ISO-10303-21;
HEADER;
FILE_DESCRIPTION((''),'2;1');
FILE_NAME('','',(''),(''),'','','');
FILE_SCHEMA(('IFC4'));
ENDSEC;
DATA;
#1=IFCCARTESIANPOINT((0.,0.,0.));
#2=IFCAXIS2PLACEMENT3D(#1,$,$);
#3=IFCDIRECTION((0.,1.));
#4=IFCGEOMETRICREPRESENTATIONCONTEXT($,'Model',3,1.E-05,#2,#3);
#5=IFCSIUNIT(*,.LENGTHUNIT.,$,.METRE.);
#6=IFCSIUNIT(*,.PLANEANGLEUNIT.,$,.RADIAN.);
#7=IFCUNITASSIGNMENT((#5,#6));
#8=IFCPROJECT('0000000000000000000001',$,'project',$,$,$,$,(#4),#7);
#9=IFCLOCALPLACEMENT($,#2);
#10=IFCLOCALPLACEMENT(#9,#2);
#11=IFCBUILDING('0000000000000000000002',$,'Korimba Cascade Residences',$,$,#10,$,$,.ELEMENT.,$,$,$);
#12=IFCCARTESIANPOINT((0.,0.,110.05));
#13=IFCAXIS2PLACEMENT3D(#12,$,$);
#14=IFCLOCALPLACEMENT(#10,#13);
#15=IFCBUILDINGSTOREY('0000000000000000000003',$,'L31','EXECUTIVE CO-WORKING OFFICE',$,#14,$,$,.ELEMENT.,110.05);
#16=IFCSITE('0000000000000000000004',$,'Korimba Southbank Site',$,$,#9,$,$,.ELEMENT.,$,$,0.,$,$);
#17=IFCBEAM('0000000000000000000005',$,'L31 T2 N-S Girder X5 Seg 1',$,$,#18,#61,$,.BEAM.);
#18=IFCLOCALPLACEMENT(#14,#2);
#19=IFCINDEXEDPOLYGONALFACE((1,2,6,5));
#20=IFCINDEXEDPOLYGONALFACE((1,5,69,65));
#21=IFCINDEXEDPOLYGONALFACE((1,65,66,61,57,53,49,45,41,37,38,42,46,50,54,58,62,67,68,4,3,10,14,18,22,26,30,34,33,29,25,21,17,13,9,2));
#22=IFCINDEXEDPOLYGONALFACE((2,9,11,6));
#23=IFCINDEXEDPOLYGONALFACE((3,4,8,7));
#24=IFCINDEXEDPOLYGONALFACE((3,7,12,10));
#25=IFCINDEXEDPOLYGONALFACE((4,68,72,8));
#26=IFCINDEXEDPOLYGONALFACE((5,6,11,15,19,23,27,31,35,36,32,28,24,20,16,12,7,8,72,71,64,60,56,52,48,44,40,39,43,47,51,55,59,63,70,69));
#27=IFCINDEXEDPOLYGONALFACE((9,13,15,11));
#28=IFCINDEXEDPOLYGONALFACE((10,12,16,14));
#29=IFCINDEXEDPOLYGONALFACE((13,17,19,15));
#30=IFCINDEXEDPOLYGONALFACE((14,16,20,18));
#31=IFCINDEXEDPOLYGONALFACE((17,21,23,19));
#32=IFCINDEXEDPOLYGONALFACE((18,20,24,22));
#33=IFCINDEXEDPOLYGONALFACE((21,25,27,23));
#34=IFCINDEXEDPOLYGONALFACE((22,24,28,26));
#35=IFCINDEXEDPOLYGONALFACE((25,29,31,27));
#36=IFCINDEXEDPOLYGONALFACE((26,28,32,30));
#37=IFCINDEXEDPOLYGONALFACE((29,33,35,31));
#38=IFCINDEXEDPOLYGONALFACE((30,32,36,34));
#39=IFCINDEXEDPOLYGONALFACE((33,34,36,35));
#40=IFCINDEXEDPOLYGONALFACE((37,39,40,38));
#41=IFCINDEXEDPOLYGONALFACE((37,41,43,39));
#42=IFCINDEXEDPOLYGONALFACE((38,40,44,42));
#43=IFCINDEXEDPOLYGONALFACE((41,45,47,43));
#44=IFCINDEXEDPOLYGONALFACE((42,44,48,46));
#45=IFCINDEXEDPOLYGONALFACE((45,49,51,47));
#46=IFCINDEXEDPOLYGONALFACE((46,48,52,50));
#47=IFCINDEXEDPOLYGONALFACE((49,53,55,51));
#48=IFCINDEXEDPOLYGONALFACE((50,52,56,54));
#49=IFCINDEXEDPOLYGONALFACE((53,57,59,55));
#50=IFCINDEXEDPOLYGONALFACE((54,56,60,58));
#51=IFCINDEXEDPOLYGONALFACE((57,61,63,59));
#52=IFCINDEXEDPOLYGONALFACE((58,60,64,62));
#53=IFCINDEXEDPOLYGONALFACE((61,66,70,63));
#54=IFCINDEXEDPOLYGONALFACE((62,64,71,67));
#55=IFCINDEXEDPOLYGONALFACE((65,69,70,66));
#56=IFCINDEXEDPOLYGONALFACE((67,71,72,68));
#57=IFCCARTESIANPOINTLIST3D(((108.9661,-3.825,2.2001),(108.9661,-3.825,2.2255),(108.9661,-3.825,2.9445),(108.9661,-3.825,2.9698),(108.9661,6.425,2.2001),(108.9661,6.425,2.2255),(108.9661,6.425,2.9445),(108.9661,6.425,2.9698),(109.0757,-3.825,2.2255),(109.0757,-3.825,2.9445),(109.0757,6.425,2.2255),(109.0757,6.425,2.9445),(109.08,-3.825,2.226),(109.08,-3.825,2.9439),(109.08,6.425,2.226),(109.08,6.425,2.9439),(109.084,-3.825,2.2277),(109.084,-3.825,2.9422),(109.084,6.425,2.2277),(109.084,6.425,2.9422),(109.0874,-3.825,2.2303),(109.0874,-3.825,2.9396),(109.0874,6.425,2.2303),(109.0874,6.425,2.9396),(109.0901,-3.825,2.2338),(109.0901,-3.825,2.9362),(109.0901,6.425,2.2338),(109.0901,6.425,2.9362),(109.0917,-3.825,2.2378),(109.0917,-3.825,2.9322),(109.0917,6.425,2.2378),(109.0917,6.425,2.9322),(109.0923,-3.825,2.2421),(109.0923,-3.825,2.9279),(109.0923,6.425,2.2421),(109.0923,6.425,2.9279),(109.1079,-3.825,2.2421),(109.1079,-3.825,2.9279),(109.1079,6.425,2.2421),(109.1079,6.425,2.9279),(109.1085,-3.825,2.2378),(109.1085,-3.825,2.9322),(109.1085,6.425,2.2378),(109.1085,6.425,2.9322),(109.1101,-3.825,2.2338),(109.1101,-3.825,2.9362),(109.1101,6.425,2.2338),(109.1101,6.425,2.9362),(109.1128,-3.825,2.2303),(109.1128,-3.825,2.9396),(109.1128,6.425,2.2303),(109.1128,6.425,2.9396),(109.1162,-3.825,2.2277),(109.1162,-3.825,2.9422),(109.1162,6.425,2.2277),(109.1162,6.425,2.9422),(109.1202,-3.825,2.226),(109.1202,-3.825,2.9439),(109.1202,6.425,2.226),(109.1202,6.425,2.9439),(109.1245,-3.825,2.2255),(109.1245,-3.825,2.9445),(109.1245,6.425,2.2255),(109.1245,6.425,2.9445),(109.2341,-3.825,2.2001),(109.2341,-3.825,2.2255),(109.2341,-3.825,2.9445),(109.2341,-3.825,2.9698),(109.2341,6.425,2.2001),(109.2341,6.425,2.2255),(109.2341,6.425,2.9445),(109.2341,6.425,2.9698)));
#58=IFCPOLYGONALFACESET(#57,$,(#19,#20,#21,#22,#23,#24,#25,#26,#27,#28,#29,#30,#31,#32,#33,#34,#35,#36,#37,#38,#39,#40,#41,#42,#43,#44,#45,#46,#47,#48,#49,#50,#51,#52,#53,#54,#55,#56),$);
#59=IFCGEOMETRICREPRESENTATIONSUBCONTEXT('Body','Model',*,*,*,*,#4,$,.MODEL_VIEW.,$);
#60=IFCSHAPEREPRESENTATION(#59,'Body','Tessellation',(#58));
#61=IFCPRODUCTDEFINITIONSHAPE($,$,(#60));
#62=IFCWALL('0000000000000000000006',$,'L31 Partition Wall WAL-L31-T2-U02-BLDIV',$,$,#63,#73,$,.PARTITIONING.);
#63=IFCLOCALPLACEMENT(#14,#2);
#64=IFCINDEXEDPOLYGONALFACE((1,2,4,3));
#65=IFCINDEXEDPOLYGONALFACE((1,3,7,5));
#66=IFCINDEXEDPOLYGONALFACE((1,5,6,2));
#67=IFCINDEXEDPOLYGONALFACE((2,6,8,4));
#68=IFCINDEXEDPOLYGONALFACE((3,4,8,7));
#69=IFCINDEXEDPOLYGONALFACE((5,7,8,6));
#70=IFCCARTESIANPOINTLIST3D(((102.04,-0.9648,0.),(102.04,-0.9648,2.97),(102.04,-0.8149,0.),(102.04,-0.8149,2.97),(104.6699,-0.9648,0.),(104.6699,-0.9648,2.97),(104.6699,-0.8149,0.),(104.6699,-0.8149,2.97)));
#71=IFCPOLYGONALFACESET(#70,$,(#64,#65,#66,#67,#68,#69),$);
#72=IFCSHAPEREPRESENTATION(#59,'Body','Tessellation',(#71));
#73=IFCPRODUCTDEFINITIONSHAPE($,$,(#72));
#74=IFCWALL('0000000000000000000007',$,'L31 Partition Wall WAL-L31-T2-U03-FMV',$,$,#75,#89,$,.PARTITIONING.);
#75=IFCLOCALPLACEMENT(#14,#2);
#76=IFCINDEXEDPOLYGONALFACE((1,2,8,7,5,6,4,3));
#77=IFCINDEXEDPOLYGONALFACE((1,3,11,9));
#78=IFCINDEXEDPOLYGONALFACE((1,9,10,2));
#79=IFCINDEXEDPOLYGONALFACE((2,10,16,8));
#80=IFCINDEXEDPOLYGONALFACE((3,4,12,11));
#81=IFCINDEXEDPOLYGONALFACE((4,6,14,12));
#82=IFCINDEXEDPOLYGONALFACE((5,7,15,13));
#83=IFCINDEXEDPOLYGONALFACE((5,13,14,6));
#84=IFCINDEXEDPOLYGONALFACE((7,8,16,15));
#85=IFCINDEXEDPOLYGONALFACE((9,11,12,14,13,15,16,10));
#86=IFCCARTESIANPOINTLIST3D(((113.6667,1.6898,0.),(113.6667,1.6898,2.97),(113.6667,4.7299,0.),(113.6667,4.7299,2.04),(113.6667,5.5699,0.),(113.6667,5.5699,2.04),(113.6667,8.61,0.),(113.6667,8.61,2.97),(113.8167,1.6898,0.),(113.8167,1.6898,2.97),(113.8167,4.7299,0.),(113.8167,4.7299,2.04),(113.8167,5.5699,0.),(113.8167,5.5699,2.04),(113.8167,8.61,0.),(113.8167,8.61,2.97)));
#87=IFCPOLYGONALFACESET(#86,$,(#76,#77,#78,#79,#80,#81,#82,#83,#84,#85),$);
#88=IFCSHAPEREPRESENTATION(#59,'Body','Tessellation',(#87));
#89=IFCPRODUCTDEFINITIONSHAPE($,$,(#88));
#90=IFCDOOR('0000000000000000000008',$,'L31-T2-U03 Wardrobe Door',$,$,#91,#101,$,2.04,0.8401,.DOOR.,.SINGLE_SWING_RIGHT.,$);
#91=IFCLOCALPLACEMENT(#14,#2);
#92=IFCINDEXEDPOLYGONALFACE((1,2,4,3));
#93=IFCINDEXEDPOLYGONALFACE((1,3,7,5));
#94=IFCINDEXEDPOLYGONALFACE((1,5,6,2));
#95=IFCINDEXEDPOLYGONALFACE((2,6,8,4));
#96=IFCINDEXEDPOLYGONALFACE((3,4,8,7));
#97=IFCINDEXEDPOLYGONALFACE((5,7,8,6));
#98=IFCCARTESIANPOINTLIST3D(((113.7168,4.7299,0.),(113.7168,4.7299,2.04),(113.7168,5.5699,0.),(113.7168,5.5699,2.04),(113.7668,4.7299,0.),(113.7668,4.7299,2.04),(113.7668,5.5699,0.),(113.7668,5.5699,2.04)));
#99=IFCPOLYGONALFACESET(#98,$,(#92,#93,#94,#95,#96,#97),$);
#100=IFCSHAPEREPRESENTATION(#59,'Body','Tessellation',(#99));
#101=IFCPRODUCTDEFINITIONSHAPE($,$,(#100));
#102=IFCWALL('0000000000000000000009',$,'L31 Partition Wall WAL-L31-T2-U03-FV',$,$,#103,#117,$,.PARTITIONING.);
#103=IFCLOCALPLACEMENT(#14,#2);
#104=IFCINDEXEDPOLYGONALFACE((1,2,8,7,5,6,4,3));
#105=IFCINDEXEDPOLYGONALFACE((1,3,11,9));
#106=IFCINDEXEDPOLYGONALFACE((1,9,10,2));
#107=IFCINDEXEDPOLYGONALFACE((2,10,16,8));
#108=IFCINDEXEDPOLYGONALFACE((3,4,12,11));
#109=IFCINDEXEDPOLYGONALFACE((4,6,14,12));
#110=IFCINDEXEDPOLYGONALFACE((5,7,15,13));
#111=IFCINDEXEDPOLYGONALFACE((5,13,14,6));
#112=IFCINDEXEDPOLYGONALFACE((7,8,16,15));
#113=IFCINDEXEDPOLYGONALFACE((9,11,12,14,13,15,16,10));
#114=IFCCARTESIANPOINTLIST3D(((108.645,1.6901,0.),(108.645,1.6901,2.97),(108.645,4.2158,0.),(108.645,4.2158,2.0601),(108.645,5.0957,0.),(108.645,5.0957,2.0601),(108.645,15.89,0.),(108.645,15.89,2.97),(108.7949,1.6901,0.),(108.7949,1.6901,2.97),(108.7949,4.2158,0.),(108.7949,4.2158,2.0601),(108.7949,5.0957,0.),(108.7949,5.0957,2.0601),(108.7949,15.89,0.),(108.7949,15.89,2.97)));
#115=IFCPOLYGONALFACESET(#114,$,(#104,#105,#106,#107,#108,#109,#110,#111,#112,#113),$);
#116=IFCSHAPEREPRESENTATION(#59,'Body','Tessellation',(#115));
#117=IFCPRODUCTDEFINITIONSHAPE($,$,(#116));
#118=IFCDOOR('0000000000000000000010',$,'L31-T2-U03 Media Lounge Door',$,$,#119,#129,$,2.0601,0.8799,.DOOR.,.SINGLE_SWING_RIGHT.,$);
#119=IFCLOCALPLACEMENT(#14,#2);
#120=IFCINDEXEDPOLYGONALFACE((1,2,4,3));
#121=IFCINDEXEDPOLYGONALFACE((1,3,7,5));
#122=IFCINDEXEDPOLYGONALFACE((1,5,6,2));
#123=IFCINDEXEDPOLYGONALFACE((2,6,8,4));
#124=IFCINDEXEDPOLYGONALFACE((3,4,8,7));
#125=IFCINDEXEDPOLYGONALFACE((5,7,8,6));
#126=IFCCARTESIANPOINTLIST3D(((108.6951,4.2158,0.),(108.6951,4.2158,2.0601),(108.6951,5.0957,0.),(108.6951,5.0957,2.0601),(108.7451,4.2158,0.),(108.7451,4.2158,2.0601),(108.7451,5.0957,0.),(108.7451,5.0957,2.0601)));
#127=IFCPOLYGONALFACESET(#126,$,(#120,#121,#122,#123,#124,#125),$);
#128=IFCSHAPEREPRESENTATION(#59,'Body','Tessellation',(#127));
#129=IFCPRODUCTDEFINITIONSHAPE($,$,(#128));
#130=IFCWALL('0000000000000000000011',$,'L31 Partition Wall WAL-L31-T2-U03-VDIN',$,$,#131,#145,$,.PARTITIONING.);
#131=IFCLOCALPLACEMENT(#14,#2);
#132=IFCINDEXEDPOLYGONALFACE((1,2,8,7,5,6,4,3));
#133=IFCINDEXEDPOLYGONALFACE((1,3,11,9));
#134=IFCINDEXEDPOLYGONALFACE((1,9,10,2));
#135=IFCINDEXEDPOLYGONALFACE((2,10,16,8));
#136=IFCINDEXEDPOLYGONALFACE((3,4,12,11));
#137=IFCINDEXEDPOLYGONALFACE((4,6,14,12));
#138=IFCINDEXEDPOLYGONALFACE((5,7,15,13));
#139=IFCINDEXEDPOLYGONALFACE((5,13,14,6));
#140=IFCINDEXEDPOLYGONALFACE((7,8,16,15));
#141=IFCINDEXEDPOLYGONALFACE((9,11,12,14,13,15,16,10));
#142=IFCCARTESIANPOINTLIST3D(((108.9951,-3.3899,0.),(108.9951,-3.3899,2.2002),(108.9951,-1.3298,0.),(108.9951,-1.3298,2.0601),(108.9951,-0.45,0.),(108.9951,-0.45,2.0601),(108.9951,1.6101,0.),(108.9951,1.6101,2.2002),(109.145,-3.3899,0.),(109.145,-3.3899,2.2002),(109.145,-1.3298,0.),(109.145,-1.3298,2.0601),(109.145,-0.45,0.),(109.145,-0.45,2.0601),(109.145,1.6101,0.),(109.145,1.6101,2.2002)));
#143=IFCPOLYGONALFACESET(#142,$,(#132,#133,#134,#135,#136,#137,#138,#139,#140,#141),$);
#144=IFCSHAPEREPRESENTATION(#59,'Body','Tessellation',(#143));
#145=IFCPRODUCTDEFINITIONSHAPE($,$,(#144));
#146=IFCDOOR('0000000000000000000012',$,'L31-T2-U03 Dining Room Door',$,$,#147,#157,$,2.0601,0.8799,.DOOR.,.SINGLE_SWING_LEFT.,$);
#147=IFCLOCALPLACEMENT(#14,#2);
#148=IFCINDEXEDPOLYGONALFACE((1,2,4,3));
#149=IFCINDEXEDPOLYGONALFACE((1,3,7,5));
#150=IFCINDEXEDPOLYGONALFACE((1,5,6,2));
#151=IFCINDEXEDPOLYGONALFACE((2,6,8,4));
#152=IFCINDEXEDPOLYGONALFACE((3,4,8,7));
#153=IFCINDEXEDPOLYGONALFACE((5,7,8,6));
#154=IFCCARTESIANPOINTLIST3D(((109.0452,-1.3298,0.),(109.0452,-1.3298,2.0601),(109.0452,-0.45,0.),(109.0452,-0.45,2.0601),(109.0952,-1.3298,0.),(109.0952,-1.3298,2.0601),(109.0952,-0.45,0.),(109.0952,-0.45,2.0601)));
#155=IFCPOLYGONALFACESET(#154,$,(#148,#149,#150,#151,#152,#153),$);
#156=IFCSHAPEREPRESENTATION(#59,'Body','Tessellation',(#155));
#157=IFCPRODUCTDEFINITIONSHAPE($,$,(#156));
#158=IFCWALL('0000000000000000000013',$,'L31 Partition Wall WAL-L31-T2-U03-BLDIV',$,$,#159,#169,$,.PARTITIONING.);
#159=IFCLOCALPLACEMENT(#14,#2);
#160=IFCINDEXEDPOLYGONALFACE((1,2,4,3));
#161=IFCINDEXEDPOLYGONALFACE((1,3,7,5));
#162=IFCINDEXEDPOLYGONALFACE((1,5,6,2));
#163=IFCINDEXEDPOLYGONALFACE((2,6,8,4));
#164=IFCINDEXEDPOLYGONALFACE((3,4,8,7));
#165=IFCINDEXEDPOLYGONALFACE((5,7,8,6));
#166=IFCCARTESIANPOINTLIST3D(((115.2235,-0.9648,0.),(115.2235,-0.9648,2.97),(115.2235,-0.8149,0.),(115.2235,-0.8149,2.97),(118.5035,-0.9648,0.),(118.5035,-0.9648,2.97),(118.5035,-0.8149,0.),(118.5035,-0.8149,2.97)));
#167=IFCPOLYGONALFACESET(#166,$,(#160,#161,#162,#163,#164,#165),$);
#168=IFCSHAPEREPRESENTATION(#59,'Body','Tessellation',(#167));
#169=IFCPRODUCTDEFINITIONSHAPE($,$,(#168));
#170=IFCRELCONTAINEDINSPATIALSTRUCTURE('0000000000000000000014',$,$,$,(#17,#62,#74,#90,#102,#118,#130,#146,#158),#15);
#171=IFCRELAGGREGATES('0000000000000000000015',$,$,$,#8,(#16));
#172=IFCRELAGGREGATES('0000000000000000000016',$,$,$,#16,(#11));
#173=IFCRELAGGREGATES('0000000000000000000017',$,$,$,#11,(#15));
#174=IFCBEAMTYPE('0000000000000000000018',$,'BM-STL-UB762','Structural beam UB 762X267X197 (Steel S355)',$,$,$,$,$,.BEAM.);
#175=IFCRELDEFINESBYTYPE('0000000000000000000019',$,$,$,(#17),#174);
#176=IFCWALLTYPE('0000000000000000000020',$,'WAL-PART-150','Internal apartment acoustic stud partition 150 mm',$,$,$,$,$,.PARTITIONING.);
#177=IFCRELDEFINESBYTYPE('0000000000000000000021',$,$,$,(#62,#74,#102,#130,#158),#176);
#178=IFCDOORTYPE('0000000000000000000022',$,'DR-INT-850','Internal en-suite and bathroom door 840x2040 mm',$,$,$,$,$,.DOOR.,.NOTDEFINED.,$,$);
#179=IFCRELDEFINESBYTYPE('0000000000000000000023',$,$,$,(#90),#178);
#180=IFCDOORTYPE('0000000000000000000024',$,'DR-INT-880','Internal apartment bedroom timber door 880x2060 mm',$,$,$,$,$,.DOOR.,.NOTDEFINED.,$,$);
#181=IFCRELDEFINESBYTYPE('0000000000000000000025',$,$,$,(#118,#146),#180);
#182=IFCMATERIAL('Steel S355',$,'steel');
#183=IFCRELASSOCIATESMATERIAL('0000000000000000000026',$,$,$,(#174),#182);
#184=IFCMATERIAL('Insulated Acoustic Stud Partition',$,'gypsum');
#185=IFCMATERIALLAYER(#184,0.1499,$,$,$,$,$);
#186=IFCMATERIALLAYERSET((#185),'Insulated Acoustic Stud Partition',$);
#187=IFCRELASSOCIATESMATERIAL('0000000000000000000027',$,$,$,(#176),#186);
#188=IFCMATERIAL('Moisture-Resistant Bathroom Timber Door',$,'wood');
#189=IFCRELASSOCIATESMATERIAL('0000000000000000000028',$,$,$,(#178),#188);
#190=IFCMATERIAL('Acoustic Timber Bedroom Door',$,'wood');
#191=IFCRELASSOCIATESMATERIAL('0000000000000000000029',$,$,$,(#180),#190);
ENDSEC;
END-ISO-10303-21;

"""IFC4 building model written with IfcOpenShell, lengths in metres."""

from ifc_helpers import new_model, si_unit, direction, frame, frame_2d, origin, origin_2d, place, context, subcontext, project, spatial, rectangle, i_section, extrude, material, layer, layer_set, material_profile, profile_set, type_object, element, fill, save


model = new_model("IFC4")

# Units and contexts
model_context = context("Model", 3, precision=1e-05, world=origin(), true_north=direction((0.0, 1.0)))
body_context = subcontext(model_context, "Body", "Model", "MODEL_VIEW")
ifc_project = project(units=[si_unit("LENGTHUNIT", "METRE"), si_unit("PLANEANGLEUNIT", "RADIAN")], contexts=[model_context])

# Site, building, storey
site_placement = place(None, origin())
site = spatial("IfcSite", under=ifc_project, at=site_placement, Name="Korimba Southbank Site", CompositionType="ELEMENT", RefElevation=0.0)
building_placement = place(site_placement, origin())
building = spatial("IfcBuilding", under=site, at=building_placement, Name="Korimba Cascade Residences", CompositionType="ELEMENT")
storey_placement = place(building_placement, frame((0.0, 0.0, 110.05)))
storey = spatial("IfcBuildingStorey", under=building, at=storey_placement, Name="L31", Description="EXECUTIVE CO-WORKING OFFICE", CompositionType="ELEMENT", Elevation=110.05)

# Beam
ifc_material_1 = material(Name="Steel S355", Category="steel")
ifc_material_profile_1 = material_profile(ifc_material_1, i_section(OverallWidth=0.2681, OverallDepth=0.7698, WebThickness=0.0156, FlangeThickness=0.0254, FilletRadius=0.0166, at=origin_2d()), Name="Steel S355")
ifc_profile_set_1 = profile_set([ifc_material_profile_1], Name="Steel S355")
beam_type_1 = type_object("IfcBeamType", Name="BM-STL-UB762", Description="Structural beam UB 762X267X197 (Steel S355)", PredefinedType="BEAM", material=ifc_profile_set_1)
beam_1_placement = place(storey_placement, frame((109.1001, -3.825, 2.585), z_axis=(0.0, 1.0, 0.0), x_axis=(-1.0, 0.0, 0.0)))
element("IfcBeam", 1, at=beam_1_placement, inside=storey, type_object=beam_type_1, Name="L31 T2 N-S Girder X5 Seg 1", PredefinedType="BEAM", context=body_context, shape_type="SweptSolid", body=[
    extrude(i_section(OverallWidth=0.2681, OverallDepth=0.7698, WebThickness=0.0156, FlangeThickness=0.0254, FilletRadius=0.0166, at=origin_2d()), origin(), (0.0, 0.0, 1.0), 10.25),
])

# Wall
ifc_material_2 = material(Name="Insulated Acoustic Stud Partition", Category="gypsum")
ifc_layer = layer(ifc_material_2, 0.1499)
ifc_layer_set = layer_set([ifc_layer], Name="Insulated Acoustic Stud Partition")
wall_type = type_object("IfcWallType", Name="WAL-PART-150", Description="Internal apartment acoustic stud partition 150 mm", PredefinedType="PARTITIONING", material=ifc_layer_set)
wall_1_placement = place(storey_placement, frame((102.04, -0.8899, 0.0), z_axis=(0.0, 0.0, 1.0), x_axis=(1.0, 0.0, 0.0)))
element("IfcWall", 2, at=wall_1_placement, inside=storey, type_object=wall_type, Name="L31 Partition Wall WAL-L31-T2-U02-BLDIV", PredefinedType="PARTITIONING", context=body_context, shape_type="SweptSolid", body=[
    extrude(rectangle(XDim=2.6299, YDim=0.1499, at=frame_2d((1.3149, 0.0))), origin(), (0.0, 0.0, 1.0), 2.97),
])

# Walls, openings, doors
wall_2_placement = place(storey_placement, frame((113.7417, 1.6899, 0.0), z_axis=(0.0, 0.0, 1.0), x_axis=(0.0, 1.0, 0.0)))
wall_2 = element("IfcWall", 3, at=wall_2_placement, inside=storey, type_object=wall_type, Name="L31 Partition Wall WAL-L31-T2-U03-FMV", PredefinedType="PARTITIONING", context=body_context, shape_type="SweptSolid", body=[
    extrude(rectangle(XDim=6.9202, YDim=0.1499, at=frame_2d((3.46, 0.0))), origin(), (0.0, 0.0, 1.0), 2.97),
])
opening_1_placement = place(wall_2_placement, frame((3.04, 0.0, 0.0)))
opening_1 = element("IfcOpeningElement", 4, at=opening_1_placement, cuts=wall_2, PredefinedType="OPENING", context=body_context, shape_type="SweptSolid", body=[
    extrude(rectangle(XDim=0.8401, YDim=2.04, at=frame_2d((0.4199, 1.02))), frame((0.0, 0.085, 0.0), z_axis=(0.0, -1.0, 0.0), x_axis=(1.0, 0.0, 0.0)), (0.0, 0.0, 1.0), 0.1699),
])
ifc_material_3 = material(Name="Moisture-Resistant Bathroom Timber Door", Category="wood")
door_type_1 = type_object("IfcDoorType", Name="DR-INT-850", Description="Internal en-suite and bathroom door 840x2040 mm", OperationType="NOTDEFINED", PredefinedType="DOOR", material=ifc_material_3)
door_1_placement = place(opening_1_placement, origin())
door_1 = element("IfcDoor", 5, at=door_1_placement, inside=storey, type_object=door_type_1, Name="L31-T2-U03 Wardrobe Door", OperationType="SINGLE_SWING_RIGHT", OverallHeight=2.04, OverallWidth=0.8401, PredefinedType="DOOR", context=body_context, shape_type="SweptSolid", body=[
    extrude(rectangle(XDim=0.8401, YDim=2.04, at=frame_2d((0.4199, 1.02))), frame((0.0, 0.0249, 0.0), z_axis=(0.0, -1.0, 0.0), x_axis=(1.0, 0.0, 0.0)), (0.0, 0.0, 1.0), 0.05),
])
fill(opening_1, door_1)
wall_3_placement = place(storey_placement, frame((108.72, 1.6899, 0.0), z_axis=(0.0, 0.0, 1.0), x_axis=(0.0, 1.0, 0.0)))
wall_3 = element("IfcWall", 6, at=wall_3_placement, inside=storey, type_object=wall_type, Name="L31 Partition Wall WAL-L31-T2-U03-FV", PredefinedType="PARTITIONING", context=body_context, shape_type="SweptSolid", body=[
    extrude(rectangle(XDim=14.2, YDim=0.1499, at=frame_2d((7.1001, 0.0))), origin(), (0.0, 0.0, 1.0), 2.97),
])
opening_2_placement = place(wall_3_placement, frame((2.5259, 0.0, 0.0)))
opening_2 = element("IfcOpeningElement", 7, at=opening_2_placement, cuts=wall_3, PredefinedType="OPENING", context=body_context, shape_type="SweptSolid", body=[
    extrude(rectangle(XDim=0.8799, YDim=2.0601, at=frame_2d((0.4399, 1.03))), frame((0.0, 0.085, 0.0), z_axis=(0.0, -1.0, 0.0), x_axis=(1.0, 0.0, 0.0)), (0.0, 0.0, 1.0), 0.1699),
])
ifc_material_4 = material(Name="Acoustic Timber Bedroom Door", Category="wood")
door_type_2 = type_object("IfcDoorType", Name="DR-INT-880", Description="Internal apartment bedroom timber door 880x2060 mm", OperationType="NOTDEFINED", PredefinedType="DOOR", material=ifc_material_4)
door_2_placement = place(opening_2_placement, origin())
door_2 = element("IfcDoor", 8, at=door_2_placement, inside=storey, type_object=door_type_2, Name="L31-T2-U03 Media Lounge Door", OperationType="SINGLE_SWING_RIGHT", OverallHeight=2.0601, OverallWidth=0.8799, PredefinedType="DOOR", context=body_context, shape_type="SweptSolid", body=[
    extrude(rectangle(XDim=0.8799, YDim=2.0601, at=frame_2d((0.4399, 1.03))), frame((0.0, 0.0249, 0.0), z_axis=(0.0, -1.0, 0.0), x_axis=(1.0, 0.0, 0.0)), (0.0, 0.0, 1.0), 0.05),
])
fill(opening_2, door_2)
wall_4_placement = place(storey_placement, frame((109.0701, -3.3899, 0.0), z_axis=(0.0, 0.0, 1.0), x_axis=(0.0, 1.0, 0.0)))
wall_4 = element("IfcWall", 9, at=wall_4_placement, inside=storey, type_object=wall_type, Name="L31 Partition Wall WAL-L31-T2-U03-VDIN", PredefinedType="PARTITIONING", context=body_context, shape_type="SweptSolid", body=[
    extrude(rectangle(XDim=5.0, YDim=0.1499, at=frame_2d((2.5, 0.0))), origin(), (0.0, 0.0, 1.0), 2.2002),
])
opening_3_placement = place(wall_4_placement, frame((2.0601, 0.0, 0.0)))
opening_3 = element("IfcOpeningElement", 10, at=opening_3_placement, cuts=wall_4, PredefinedType="OPENING", context=body_context, shape_type="SweptSolid", body=[
    extrude(rectangle(XDim=0.8799, YDim=2.0601, at=frame_2d((0.4399, 1.03))), frame((0.0, 0.085, 0.0), z_axis=(0.0, -1.0, 0.0), x_axis=(1.0, 0.0, 0.0)), (0.0, 0.0, 1.0), 0.1699),
])
door_3_placement = place(opening_3_placement, origin())
door_3 = element("IfcDoor", 11, at=door_3_placement, inside=storey, type_object=door_type_2, Name="L31-T2-U03 Dining Room Door", OperationType="SINGLE_SWING_LEFT", OverallHeight=2.0601, OverallWidth=0.8799, PredefinedType="DOOR", context=body_context, shape_type="SweptSolid", body=[
    extrude(rectangle(XDim=0.8799, YDim=2.0601, at=frame_2d((0.4399, 1.03))), frame((0.0, 0.0249, 0.0), z_axis=(0.0, -1.0, 0.0), x_axis=(1.0, 0.0, 0.0)), (0.0, 0.0, 1.0), 0.05),
])
fill(opening_3, door_3)

# Wall
wall_5_placement = place(storey_placement, frame((115.2234, -0.8899, 0.0), z_axis=(0.0, 0.0, 1.0), x_axis=(1.0, 0.0, 0.0)))
element("IfcWall", 12, at=wall_5_placement, inside=storey, type_object=wall_type, Name="L31 Partition Wall WAL-L31-T2-U03-BLDIV", PredefinedType="PARTITIONING", context=body_context, shape_type="SweptSolid", body=[
    extrude(rectangle(XDim=3.28, YDim=0.1499, at=frame_2d((1.6401, 0.0))), origin(), (0.0, 0.0, 1.0), 2.97),
])

save(model, "model.ifc")
